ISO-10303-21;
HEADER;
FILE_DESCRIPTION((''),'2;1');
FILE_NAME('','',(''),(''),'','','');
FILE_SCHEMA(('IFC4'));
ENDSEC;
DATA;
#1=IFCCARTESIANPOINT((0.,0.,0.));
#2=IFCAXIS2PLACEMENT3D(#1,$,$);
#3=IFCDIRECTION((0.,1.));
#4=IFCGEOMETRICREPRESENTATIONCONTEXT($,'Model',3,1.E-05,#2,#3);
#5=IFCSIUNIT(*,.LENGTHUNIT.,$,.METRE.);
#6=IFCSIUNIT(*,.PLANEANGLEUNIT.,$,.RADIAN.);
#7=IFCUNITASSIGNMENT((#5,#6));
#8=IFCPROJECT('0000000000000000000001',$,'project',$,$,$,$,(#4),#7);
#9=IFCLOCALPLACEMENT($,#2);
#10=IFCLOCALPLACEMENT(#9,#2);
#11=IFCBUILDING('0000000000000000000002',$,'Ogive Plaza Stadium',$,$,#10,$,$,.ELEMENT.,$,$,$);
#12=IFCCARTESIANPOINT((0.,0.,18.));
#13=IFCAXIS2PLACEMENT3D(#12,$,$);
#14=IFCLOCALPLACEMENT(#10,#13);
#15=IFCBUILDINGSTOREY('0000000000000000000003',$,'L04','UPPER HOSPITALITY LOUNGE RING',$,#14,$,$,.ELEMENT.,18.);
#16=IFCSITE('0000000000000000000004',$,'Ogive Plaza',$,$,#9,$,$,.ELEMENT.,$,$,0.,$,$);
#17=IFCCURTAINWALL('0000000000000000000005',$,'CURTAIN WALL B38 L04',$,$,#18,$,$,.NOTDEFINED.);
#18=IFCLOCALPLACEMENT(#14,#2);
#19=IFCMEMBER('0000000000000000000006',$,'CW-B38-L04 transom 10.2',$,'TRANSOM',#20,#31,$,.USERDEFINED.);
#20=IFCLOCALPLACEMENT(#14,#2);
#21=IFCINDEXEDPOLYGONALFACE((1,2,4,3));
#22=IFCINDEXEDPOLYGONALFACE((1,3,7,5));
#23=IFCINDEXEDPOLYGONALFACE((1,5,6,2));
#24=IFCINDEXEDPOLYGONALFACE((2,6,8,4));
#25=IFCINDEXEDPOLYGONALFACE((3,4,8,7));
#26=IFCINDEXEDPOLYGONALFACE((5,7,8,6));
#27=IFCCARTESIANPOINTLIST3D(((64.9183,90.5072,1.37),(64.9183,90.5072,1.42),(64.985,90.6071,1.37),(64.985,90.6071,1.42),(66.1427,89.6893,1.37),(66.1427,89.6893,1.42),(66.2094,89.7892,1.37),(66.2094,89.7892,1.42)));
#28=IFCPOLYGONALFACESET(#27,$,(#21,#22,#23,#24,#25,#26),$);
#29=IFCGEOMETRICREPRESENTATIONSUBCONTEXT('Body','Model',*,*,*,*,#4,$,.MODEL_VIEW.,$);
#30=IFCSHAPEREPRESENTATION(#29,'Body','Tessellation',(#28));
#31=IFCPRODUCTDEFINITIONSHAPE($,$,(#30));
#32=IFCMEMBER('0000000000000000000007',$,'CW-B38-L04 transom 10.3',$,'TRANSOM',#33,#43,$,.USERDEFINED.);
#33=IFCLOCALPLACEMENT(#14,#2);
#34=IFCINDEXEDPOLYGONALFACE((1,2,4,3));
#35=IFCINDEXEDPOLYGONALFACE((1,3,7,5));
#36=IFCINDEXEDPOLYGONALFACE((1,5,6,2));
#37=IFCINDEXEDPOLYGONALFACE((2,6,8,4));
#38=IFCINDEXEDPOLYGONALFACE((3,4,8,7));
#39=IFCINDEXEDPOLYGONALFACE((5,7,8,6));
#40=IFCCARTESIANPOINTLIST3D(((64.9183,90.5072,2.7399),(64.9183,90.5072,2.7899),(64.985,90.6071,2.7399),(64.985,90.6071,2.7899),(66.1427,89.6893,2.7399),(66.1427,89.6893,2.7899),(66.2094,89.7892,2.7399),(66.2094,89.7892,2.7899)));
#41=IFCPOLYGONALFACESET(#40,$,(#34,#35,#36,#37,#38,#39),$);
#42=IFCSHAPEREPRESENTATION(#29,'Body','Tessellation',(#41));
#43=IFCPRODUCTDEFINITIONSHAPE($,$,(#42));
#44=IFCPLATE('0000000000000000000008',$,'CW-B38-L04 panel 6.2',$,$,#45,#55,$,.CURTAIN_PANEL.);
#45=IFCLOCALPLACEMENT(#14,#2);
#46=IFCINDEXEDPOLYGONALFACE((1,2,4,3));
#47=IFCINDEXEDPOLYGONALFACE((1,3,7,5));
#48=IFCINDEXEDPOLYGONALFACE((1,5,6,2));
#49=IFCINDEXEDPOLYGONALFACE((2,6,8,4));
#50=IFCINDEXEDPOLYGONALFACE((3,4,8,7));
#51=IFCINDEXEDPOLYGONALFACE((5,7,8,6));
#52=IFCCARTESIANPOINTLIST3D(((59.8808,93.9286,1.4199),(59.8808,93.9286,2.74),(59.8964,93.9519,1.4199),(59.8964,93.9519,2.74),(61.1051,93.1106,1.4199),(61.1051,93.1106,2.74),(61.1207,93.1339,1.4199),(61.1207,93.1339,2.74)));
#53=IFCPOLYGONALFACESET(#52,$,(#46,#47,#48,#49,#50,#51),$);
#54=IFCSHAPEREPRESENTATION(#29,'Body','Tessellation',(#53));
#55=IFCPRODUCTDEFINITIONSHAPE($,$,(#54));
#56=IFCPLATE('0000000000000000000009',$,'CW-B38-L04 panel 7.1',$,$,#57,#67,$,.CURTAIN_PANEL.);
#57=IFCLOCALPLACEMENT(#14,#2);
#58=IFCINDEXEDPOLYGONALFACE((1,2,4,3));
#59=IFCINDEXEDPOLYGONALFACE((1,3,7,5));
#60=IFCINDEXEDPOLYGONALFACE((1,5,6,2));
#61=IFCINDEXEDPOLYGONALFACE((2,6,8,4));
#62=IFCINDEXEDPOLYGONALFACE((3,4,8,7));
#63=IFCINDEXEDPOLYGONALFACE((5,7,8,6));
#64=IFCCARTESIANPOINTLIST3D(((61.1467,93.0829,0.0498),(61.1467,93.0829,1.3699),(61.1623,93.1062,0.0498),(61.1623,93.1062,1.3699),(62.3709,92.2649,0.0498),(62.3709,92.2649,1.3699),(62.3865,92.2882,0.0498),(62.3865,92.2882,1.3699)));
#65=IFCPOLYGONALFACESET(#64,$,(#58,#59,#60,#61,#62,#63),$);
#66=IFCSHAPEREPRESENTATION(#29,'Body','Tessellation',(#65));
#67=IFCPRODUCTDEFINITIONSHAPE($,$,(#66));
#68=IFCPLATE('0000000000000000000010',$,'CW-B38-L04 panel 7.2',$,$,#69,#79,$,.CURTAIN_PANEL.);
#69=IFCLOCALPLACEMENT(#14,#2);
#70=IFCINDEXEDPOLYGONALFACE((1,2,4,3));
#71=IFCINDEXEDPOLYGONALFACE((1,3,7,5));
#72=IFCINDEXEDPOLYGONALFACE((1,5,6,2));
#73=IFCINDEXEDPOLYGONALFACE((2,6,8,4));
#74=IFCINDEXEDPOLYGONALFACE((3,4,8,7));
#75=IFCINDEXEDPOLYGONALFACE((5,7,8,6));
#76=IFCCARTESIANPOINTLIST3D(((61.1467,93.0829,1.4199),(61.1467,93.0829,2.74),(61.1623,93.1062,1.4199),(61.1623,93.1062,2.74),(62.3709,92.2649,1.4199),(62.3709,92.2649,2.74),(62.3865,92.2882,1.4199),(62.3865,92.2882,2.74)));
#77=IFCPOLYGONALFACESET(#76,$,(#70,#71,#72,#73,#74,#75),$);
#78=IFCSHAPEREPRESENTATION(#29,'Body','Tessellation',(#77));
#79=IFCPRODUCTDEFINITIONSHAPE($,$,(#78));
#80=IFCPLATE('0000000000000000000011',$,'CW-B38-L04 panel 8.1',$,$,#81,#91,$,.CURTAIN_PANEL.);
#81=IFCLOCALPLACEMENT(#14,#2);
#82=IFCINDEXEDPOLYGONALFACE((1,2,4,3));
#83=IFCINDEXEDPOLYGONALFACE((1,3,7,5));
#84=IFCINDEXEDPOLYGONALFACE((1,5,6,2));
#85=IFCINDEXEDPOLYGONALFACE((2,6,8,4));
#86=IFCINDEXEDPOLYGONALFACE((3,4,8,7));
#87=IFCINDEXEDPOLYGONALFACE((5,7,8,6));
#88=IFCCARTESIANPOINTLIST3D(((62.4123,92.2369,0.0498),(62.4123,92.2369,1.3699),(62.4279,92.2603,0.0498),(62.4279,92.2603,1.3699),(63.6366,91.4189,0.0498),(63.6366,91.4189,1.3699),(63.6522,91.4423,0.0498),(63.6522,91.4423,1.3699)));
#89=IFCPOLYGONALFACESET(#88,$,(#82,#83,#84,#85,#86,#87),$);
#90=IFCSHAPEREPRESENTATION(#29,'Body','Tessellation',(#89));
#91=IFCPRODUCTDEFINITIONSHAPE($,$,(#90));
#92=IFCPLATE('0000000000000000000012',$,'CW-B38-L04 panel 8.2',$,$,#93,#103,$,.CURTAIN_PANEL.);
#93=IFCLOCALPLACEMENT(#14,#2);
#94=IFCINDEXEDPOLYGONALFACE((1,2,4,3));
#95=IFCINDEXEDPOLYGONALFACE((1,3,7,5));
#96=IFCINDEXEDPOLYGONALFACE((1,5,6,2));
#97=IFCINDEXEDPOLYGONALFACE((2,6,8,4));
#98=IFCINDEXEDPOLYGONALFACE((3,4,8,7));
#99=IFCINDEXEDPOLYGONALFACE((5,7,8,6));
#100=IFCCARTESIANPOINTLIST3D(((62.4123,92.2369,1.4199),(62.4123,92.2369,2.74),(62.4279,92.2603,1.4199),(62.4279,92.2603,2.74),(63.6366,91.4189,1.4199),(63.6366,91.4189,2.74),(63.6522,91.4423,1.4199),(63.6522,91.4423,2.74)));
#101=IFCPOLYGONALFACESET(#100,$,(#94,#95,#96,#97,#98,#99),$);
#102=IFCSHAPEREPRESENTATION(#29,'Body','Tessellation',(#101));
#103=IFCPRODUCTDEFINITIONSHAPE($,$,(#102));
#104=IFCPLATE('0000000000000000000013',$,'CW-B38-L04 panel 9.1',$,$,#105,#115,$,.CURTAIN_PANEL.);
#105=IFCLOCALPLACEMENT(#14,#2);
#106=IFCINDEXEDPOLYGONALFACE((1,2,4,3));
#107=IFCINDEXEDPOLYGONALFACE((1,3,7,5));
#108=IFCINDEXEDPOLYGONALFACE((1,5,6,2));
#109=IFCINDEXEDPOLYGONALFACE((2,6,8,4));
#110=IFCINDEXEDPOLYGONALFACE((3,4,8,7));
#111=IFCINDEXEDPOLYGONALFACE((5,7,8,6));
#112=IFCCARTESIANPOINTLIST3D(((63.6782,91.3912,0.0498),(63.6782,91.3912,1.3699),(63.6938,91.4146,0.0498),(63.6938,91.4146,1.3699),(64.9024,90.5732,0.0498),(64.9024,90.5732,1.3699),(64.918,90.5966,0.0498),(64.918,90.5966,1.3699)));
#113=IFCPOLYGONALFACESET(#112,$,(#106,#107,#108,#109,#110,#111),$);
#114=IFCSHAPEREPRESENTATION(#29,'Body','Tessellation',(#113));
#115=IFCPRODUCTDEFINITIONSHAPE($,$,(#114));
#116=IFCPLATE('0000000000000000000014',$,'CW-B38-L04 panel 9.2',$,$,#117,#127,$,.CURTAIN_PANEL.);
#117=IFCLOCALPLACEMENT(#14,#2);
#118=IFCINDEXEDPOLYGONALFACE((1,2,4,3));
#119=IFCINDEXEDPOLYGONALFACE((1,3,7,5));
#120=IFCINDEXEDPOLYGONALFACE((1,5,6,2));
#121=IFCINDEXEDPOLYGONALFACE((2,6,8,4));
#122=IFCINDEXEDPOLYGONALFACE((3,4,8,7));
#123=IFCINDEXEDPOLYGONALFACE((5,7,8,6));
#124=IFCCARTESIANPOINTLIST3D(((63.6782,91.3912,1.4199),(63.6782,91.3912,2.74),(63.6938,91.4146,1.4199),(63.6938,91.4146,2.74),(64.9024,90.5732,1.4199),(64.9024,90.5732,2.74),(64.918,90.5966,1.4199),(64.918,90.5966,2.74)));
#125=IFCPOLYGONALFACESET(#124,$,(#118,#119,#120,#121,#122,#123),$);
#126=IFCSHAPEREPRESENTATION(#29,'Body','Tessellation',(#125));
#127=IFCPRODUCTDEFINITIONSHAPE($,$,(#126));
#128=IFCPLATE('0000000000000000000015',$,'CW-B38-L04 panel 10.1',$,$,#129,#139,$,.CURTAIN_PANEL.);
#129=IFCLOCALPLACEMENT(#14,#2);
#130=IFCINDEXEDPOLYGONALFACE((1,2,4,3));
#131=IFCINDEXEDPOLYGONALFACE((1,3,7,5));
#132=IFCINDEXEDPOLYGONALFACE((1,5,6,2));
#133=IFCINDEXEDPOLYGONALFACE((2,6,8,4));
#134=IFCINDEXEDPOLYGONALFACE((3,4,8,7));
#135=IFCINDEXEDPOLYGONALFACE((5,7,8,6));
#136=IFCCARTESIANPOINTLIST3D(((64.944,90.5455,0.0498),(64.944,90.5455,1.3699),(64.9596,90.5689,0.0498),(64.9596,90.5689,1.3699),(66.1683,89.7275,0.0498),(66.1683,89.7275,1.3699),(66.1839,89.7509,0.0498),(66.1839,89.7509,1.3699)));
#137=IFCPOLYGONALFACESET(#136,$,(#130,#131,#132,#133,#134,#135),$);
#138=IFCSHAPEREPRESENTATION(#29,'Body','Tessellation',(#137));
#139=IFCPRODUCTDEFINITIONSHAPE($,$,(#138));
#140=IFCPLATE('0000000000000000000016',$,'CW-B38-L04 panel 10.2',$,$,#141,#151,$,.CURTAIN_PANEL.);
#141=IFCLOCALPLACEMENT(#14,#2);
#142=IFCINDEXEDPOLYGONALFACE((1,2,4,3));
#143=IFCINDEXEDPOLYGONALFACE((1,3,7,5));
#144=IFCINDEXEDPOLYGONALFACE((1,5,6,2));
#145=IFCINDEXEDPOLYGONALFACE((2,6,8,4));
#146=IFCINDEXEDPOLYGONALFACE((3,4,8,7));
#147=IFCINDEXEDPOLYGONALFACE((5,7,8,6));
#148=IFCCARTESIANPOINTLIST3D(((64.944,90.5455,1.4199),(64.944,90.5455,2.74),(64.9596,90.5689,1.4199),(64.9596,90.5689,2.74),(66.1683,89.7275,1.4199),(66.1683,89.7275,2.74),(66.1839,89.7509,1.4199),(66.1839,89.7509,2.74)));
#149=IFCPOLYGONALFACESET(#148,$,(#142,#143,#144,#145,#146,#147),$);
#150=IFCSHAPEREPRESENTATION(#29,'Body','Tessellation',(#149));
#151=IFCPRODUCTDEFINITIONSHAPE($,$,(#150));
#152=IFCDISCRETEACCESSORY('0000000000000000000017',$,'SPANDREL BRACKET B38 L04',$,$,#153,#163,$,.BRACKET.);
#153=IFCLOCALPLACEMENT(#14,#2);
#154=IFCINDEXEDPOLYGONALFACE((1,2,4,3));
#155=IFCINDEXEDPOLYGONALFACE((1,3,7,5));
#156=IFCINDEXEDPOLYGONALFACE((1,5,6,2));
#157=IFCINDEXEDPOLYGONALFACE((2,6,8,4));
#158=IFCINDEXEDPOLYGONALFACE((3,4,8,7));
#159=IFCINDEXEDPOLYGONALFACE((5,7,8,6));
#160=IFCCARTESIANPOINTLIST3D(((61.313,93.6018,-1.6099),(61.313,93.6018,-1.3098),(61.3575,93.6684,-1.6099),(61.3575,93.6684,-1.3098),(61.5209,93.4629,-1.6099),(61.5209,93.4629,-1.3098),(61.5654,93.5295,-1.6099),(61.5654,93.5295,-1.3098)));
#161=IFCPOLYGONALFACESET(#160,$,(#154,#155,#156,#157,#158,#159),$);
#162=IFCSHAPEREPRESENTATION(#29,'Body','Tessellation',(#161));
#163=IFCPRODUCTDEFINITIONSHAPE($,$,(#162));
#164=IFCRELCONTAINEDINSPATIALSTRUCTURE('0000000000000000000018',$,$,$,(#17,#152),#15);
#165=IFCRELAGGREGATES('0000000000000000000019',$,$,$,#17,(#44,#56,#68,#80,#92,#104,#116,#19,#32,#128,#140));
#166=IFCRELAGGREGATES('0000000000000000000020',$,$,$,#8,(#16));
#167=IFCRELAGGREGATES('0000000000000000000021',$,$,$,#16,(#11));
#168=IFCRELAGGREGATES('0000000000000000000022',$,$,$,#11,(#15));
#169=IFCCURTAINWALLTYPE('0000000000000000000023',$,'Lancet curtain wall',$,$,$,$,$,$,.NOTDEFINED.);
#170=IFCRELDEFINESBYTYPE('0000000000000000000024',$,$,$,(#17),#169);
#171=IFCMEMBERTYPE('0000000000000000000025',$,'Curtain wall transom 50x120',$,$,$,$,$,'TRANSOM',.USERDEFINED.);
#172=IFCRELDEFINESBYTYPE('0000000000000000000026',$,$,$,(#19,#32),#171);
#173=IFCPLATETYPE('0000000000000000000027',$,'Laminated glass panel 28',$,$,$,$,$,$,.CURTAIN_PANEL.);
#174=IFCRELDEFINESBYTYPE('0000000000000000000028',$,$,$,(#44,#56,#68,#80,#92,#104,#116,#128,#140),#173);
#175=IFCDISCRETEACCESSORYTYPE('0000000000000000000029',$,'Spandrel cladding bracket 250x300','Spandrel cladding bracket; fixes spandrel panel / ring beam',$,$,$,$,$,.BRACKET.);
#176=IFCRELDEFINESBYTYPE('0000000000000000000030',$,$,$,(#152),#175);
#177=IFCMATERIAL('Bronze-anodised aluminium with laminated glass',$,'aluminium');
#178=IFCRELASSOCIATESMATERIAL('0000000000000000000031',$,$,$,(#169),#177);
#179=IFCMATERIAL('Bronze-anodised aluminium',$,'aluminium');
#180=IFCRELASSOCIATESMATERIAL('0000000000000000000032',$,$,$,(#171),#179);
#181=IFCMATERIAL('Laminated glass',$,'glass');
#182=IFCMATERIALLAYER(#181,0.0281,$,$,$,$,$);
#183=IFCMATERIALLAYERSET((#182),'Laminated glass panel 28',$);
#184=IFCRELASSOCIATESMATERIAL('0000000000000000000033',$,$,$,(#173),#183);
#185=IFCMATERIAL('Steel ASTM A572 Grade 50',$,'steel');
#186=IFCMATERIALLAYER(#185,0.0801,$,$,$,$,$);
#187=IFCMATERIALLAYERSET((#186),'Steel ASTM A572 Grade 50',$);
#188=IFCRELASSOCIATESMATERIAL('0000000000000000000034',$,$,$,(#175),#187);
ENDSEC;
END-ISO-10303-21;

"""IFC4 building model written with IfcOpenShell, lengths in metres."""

from ifc_helpers import new_model, si_unit, direction, frame, origin, origin_2d, place, context, subcontext, project, spatial, rectangle, extrude, material, layer, layer_set, material_profile, profile_set, type_object, element, aggregate, save


model = new_model("IFC4")

# Units and contexts
model_context = context("Model", 3, precision=1e-05, world=origin(), true_north=direction((0.0, 1.0)))
body_context = subcontext(model_context, "Body", "Model", "MODEL_VIEW")
ifc_project = project(units=[si_unit("LENGTHUNIT", "METRE"), si_unit("PLANEANGLEUNIT", "RADIAN")], contexts=[model_context])

# Site, building, storey
site_placement = place(None, origin())
site = spatial("IfcSite", under=ifc_project, at=site_placement, Name="Ogive Plaza", CompositionType="ELEMENT", RefElevation=0.0)
building_placement = place(site_placement, origin())
building = spatial("IfcBuilding", under=site, at=building_placement, Name="Ogive Plaza Stadium", CompositionType="ELEMENT")
storey_placement = place(building_placement, frame((0.0, 0.0, 18.0)))
storey = spatial("IfcBuildingStorey", under=building, at=storey_placement, Name="L04", Description="UPPER HOSPITALITY LOUNGE RING", CompositionType="ELEMENT", Elevation=18.0)

# Curtain wall, members, plates
ifc_material_1 = material(Name="Bronze-anodised aluminium with laminated glass", Category="aluminium")
curtain_wall_type = type_object("IfcCurtainWallType", Name="Lancet curtain wall", PredefinedType="NOTDEFINED", material=ifc_material_1)
curtain_wall_placement = place(storey_placement, origin())
curtain_wall = element("IfcCurtainWall", 1, at=curtain_wall_placement, inside=storey, type_object=curtain_wall_type, Name="CURTAIN WALL B38 L04", PredefinedType="NOTDEFINED")
ifc_material_2 = material(Name="Bronze-anodised aluminium", Category="aluminium")
ifc_material_profile_1 = material_profile(ifc_material_2, rectangle(XDim=0.1201, YDim=0.05, at=origin_2d()), Name="AL 120x50")
ifc_profile_set_1 = profile_set([ifc_material_profile_1], Name="Bronze-anodised aluminium")
member_type_1 = type_object("IfcMemberType", Name="Curtain wall transom 50x120", ElementType="TRANSOM", PredefinedType="USERDEFINED", material=ifc_profile_set_1)
member_1_placement = place(storey_placement, frame((64.9517, 90.5571, 1.395), z_axis=(0.83154, -0.555465, 0.0), x_axis=(0.555465, 0.83154, 0.0)))
member_1 = element("IfcMember", 2, at=member_1_placement, type_object=member_type_1, Name="CW-B38-L04 transom 10.2", ObjectType="TRANSOM", PredefinedType="USERDEFINED", context=body_context, shape_type="SweptSolid", body=[
    extrude(rectangle(XDim=0.1201, YDim=0.05, at=origin_2d()), origin(), (0.0, 0.0, 1.0), 1.4724),
])
member_2_placement = place(storey_placement, frame((64.9517, 90.5571, 2.7649), z_axis=(0.83154, -0.555465, 0.0), x_axis=(0.555465, 0.83154, 0.0)))
member_2 = element("IfcMember", 3, at=member_2_placement, type_object=member_type_1, Name="CW-B38-L04 transom 10.3", ObjectType="TRANSOM", PredefinedType="USERDEFINED", context=body_context, shape_type="SweptSolid", body=[
    extrude(rectangle(XDim=0.1201, YDim=0.05, at=origin_2d()), origin(), (0.0, 0.0, 1.0), 1.4724),
])
ifc_material_3 = material(Name="Laminated glass", Category="glass")
ifc_layer_1 = layer(ifc_material_3, 0.0281)
ifc_layer_set_1 = layer_set([ifc_layer_1], Name="Laminated glass panel 28")
plate_type = type_object("IfcPlateType", Name="Laminated glass panel 28", PredefinedType="CURTAIN_PANEL", material=ifc_layer_set_1)
plate_1_placement = place(storey_placement, frame((60.5007, 93.5312, 1.4199), z_axis=(0.0, 0.0, 1.0), x_axis=(0.83147, -0.55557, 0.0)))
plate_1 = element("IfcPlate", 4, at=plate_1_placement, type_object=plate_type, Name="CW-B38-L04 panel 6.2", PredefinedType="CURTAIN_PANEL", context=body_context, shape_type="SweptSolid", body=[
    extrude(rectangle(XDim=1.4724, YDim=0.0281, at=origin_2d()), origin(), (0.0, 0.0, 1.0), 1.3201),
])
plate_2_placement = place(storey_placement, frame((61.7666, 92.6855, 0.0498), z_axis=(0.0, 0.0, 1.0), x_axis=(0.83147, -0.55557, 0.0)))
plate_2 = element("IfcPlate", 5, at=plate_2_placement, type_object=plate_type, Name="CW-B38-L04 panel 7.1", PredefinedType="CURTAIN_PANEL", context=body_context, shape_type="SweptSolid", body=[
    extrude(rectangle(XDim=1.4724, YDim=0.0281, at=origin_2d()), origin(), (0.0, 0.0, 1.0), 1.3201),
])
plate_3_placement = place(storey_placement, frame((61.7666, 92.6855, 1.4199), z_axis=(0.0, 0.0, 1.0), x_axis=(0.83147, -0.55557, 0.0)))
plate_3 = element("IfcPlate", 6, at=plate_3_placement, type_object=plate_type, Name="CW-B38-L04 panel 7.2", PredefinedType="CURTAIN_PANEL", context=body_context, shape_type="SweptSolid", body=[
    extrude(rectangle(XDim=1.4724, YDim=0.0281, at=origin_2d()), origin(), (0.0, 0.0, 1.0), 1.3201),
])
plate_4_placement = place(storey_placement, frame((63.0322, 91.8396, 0.0498), z_axis=(0.0, 0.0, 1.0), x_axis=(0.83147, -0.55557, 0.0)))
plate_4 = element("IfcPlate", 7, at=plate_4_placement, type_object=plate_type, Name="CW-B38-L04 panel 8.1", PredefinedType="CURTAIN_PANEL", context=body_context, shape_type="SweptSolid", body=[
    extrude(rectangle(XDim=1.4724, YDim=0.0281, at=origin_2d()), origin(), (0.0, 0.0, 1.0), 1.3201),
])
plate_5_placement = place(storey_placement, frame((63.0322, 91.8396, 1.4199), z_axis=(0.0, 0.0, 1.0), x_axis=(0.83147, -0.55557, 0.0)))
plate_5 = element("IfcPlate", 8, at=plate_5_placement, type_object=plate_type, Name="CW-B38-L04 panel 8.2", PredefinedType="CURTAIN_PANEL", context=body_context, shape_type="SweptSolid", body=[
    extrude(rectangle(XDim=1.4724, YDim=0.0281, at=origin_2d()), origin(), (0.0, 0.0, 1.0), 1.3201),
])
plate_6_placement = place(storey_placement, frame((64.2981, 90.9939, 0.0498), z_axis=(0.0, 0.0, 1.0), x_axis=(0.83147, -0.55557, 0.0)))
plate_6 = element("IfcPlate", 9, at=plate_6_placement, type_object=plate_type, Name="CW-B38-L04 panel 9.1", PredefinedType="CURTAIN_PANEL", context=body_context, shape_type="SweptSolid", body=[
    extrude(rectangle(XDim=1.4724, YDim=0.0281, at=origin_2d()), origin(), (0.0, 0.0, 1.0), 1.3201),
])
plate_7_placement = place(storey_placement, frame((64.2981, 90.9939, 1.4199), z_axis=(0.0, 0.0, 1.0), x_axis=(0.83147, -0.55557, 0.0)))
plate_7 = element("IfcPlate", 10, at=plate_7_placement, type_object=plate_type, Name="CW-B38-L04 panel 9.2", PredefinedType="CURTAIN_PANEL", context=body_context, shape_type="SweptSolid", body=[
    extrude(rectangle(XDim=1.4724, YDim=0.0281, at=origin_2d()), origin(), (0.0, 0.0, 1.0), 1.3201),
])
plate_8_placement = place(storey_placement, frame((65.564, 90.1482, 0.0498), z_axis=(0.0, 0.0, 1.0), x_axis=(0.83147, -0.55557, 0.0)))
plate_8 = element("IfcPlate", 11, at=plate_8_placement, type_object=plate_type, Name="CW-B38-L04 panel 10.1", PredefinedType="CURTAIN_PANEL", context=body_context, shape_type="SweptSolid", body=[
    extrude(rectangle(XDim=1.4724, YDim=0.0281, at=origin_2d()), origin(), (0.0, 0.0, 1.0), 1.3201),
])
plate_9_placement = place(storey_placement, frame((65.564, 90.1482, 1.4199), z_axis=(0.0, 0.0, 1.0), x_axis=(0.83147, -0.55557, 0.0)))
plate_9 = element("IfcPlate", 12, at=plate_9_placement, type_object=plate_type, Name="CW-B38-L04 panel 10.2", PredefinedType="CURTAIN_PANEL", context=body_context, shape_type="SweptSolid", body=[
    extrude(rectangle(XDim=1.4724, YDim=0.0281, at=origin_2d()), origin(), (0.0, 0.0, 1.0), 1.3201),
])
aggregate(curtain_wall, [plate_1, plate_2, plate_3, plate_4, plate_5, plate_6, plate_7, member_1, member_2, plate_8, plate_9])

# Discrete accessory
ifc_material_4 = material(Name="Steel ASTM A572 Grade 50", Category="steel")
ifc_layer_2 = layer(ifc_material_4, 0.0801)
ifc_layer_set_2 = layer_set([ifc_layer_2], Name="Steel ASTM A572 Grade 50")
discrete_accessory_type = type_object("IfcDiscreteAccessoryType", Name="Spandrel cladding bracket 250x300", Description="Spandrel cladding bracket; fixes spandrel panel / ring beam", PredefinedType="BRACKET", material=ifc_layer_set_2)
discrete_accessory_placement = place(storey_placement, frame((61.4392, 93.5657, -1.6099), z_axis=(0.0, 0.0, 1.0), x_axis=(0.83147, -0.55557, 0.0)))
element("IfcDiscreteAccessory", 13, at=discrete_accessory_placement, inside=storey, type_object=discrete_accessory_type, Name="SPANDREL BRACKET B38 L04", PredefinedType="BRACKET", context=body_context, shape_type="SweptSolid", body=[
    extrude(rectangle(XDim=0.25, YDim=0.0801, at=origin_2d()), origin(), (0.0, 0.0, 1.0), 0.3),
])

save(model, "model.ifc")
